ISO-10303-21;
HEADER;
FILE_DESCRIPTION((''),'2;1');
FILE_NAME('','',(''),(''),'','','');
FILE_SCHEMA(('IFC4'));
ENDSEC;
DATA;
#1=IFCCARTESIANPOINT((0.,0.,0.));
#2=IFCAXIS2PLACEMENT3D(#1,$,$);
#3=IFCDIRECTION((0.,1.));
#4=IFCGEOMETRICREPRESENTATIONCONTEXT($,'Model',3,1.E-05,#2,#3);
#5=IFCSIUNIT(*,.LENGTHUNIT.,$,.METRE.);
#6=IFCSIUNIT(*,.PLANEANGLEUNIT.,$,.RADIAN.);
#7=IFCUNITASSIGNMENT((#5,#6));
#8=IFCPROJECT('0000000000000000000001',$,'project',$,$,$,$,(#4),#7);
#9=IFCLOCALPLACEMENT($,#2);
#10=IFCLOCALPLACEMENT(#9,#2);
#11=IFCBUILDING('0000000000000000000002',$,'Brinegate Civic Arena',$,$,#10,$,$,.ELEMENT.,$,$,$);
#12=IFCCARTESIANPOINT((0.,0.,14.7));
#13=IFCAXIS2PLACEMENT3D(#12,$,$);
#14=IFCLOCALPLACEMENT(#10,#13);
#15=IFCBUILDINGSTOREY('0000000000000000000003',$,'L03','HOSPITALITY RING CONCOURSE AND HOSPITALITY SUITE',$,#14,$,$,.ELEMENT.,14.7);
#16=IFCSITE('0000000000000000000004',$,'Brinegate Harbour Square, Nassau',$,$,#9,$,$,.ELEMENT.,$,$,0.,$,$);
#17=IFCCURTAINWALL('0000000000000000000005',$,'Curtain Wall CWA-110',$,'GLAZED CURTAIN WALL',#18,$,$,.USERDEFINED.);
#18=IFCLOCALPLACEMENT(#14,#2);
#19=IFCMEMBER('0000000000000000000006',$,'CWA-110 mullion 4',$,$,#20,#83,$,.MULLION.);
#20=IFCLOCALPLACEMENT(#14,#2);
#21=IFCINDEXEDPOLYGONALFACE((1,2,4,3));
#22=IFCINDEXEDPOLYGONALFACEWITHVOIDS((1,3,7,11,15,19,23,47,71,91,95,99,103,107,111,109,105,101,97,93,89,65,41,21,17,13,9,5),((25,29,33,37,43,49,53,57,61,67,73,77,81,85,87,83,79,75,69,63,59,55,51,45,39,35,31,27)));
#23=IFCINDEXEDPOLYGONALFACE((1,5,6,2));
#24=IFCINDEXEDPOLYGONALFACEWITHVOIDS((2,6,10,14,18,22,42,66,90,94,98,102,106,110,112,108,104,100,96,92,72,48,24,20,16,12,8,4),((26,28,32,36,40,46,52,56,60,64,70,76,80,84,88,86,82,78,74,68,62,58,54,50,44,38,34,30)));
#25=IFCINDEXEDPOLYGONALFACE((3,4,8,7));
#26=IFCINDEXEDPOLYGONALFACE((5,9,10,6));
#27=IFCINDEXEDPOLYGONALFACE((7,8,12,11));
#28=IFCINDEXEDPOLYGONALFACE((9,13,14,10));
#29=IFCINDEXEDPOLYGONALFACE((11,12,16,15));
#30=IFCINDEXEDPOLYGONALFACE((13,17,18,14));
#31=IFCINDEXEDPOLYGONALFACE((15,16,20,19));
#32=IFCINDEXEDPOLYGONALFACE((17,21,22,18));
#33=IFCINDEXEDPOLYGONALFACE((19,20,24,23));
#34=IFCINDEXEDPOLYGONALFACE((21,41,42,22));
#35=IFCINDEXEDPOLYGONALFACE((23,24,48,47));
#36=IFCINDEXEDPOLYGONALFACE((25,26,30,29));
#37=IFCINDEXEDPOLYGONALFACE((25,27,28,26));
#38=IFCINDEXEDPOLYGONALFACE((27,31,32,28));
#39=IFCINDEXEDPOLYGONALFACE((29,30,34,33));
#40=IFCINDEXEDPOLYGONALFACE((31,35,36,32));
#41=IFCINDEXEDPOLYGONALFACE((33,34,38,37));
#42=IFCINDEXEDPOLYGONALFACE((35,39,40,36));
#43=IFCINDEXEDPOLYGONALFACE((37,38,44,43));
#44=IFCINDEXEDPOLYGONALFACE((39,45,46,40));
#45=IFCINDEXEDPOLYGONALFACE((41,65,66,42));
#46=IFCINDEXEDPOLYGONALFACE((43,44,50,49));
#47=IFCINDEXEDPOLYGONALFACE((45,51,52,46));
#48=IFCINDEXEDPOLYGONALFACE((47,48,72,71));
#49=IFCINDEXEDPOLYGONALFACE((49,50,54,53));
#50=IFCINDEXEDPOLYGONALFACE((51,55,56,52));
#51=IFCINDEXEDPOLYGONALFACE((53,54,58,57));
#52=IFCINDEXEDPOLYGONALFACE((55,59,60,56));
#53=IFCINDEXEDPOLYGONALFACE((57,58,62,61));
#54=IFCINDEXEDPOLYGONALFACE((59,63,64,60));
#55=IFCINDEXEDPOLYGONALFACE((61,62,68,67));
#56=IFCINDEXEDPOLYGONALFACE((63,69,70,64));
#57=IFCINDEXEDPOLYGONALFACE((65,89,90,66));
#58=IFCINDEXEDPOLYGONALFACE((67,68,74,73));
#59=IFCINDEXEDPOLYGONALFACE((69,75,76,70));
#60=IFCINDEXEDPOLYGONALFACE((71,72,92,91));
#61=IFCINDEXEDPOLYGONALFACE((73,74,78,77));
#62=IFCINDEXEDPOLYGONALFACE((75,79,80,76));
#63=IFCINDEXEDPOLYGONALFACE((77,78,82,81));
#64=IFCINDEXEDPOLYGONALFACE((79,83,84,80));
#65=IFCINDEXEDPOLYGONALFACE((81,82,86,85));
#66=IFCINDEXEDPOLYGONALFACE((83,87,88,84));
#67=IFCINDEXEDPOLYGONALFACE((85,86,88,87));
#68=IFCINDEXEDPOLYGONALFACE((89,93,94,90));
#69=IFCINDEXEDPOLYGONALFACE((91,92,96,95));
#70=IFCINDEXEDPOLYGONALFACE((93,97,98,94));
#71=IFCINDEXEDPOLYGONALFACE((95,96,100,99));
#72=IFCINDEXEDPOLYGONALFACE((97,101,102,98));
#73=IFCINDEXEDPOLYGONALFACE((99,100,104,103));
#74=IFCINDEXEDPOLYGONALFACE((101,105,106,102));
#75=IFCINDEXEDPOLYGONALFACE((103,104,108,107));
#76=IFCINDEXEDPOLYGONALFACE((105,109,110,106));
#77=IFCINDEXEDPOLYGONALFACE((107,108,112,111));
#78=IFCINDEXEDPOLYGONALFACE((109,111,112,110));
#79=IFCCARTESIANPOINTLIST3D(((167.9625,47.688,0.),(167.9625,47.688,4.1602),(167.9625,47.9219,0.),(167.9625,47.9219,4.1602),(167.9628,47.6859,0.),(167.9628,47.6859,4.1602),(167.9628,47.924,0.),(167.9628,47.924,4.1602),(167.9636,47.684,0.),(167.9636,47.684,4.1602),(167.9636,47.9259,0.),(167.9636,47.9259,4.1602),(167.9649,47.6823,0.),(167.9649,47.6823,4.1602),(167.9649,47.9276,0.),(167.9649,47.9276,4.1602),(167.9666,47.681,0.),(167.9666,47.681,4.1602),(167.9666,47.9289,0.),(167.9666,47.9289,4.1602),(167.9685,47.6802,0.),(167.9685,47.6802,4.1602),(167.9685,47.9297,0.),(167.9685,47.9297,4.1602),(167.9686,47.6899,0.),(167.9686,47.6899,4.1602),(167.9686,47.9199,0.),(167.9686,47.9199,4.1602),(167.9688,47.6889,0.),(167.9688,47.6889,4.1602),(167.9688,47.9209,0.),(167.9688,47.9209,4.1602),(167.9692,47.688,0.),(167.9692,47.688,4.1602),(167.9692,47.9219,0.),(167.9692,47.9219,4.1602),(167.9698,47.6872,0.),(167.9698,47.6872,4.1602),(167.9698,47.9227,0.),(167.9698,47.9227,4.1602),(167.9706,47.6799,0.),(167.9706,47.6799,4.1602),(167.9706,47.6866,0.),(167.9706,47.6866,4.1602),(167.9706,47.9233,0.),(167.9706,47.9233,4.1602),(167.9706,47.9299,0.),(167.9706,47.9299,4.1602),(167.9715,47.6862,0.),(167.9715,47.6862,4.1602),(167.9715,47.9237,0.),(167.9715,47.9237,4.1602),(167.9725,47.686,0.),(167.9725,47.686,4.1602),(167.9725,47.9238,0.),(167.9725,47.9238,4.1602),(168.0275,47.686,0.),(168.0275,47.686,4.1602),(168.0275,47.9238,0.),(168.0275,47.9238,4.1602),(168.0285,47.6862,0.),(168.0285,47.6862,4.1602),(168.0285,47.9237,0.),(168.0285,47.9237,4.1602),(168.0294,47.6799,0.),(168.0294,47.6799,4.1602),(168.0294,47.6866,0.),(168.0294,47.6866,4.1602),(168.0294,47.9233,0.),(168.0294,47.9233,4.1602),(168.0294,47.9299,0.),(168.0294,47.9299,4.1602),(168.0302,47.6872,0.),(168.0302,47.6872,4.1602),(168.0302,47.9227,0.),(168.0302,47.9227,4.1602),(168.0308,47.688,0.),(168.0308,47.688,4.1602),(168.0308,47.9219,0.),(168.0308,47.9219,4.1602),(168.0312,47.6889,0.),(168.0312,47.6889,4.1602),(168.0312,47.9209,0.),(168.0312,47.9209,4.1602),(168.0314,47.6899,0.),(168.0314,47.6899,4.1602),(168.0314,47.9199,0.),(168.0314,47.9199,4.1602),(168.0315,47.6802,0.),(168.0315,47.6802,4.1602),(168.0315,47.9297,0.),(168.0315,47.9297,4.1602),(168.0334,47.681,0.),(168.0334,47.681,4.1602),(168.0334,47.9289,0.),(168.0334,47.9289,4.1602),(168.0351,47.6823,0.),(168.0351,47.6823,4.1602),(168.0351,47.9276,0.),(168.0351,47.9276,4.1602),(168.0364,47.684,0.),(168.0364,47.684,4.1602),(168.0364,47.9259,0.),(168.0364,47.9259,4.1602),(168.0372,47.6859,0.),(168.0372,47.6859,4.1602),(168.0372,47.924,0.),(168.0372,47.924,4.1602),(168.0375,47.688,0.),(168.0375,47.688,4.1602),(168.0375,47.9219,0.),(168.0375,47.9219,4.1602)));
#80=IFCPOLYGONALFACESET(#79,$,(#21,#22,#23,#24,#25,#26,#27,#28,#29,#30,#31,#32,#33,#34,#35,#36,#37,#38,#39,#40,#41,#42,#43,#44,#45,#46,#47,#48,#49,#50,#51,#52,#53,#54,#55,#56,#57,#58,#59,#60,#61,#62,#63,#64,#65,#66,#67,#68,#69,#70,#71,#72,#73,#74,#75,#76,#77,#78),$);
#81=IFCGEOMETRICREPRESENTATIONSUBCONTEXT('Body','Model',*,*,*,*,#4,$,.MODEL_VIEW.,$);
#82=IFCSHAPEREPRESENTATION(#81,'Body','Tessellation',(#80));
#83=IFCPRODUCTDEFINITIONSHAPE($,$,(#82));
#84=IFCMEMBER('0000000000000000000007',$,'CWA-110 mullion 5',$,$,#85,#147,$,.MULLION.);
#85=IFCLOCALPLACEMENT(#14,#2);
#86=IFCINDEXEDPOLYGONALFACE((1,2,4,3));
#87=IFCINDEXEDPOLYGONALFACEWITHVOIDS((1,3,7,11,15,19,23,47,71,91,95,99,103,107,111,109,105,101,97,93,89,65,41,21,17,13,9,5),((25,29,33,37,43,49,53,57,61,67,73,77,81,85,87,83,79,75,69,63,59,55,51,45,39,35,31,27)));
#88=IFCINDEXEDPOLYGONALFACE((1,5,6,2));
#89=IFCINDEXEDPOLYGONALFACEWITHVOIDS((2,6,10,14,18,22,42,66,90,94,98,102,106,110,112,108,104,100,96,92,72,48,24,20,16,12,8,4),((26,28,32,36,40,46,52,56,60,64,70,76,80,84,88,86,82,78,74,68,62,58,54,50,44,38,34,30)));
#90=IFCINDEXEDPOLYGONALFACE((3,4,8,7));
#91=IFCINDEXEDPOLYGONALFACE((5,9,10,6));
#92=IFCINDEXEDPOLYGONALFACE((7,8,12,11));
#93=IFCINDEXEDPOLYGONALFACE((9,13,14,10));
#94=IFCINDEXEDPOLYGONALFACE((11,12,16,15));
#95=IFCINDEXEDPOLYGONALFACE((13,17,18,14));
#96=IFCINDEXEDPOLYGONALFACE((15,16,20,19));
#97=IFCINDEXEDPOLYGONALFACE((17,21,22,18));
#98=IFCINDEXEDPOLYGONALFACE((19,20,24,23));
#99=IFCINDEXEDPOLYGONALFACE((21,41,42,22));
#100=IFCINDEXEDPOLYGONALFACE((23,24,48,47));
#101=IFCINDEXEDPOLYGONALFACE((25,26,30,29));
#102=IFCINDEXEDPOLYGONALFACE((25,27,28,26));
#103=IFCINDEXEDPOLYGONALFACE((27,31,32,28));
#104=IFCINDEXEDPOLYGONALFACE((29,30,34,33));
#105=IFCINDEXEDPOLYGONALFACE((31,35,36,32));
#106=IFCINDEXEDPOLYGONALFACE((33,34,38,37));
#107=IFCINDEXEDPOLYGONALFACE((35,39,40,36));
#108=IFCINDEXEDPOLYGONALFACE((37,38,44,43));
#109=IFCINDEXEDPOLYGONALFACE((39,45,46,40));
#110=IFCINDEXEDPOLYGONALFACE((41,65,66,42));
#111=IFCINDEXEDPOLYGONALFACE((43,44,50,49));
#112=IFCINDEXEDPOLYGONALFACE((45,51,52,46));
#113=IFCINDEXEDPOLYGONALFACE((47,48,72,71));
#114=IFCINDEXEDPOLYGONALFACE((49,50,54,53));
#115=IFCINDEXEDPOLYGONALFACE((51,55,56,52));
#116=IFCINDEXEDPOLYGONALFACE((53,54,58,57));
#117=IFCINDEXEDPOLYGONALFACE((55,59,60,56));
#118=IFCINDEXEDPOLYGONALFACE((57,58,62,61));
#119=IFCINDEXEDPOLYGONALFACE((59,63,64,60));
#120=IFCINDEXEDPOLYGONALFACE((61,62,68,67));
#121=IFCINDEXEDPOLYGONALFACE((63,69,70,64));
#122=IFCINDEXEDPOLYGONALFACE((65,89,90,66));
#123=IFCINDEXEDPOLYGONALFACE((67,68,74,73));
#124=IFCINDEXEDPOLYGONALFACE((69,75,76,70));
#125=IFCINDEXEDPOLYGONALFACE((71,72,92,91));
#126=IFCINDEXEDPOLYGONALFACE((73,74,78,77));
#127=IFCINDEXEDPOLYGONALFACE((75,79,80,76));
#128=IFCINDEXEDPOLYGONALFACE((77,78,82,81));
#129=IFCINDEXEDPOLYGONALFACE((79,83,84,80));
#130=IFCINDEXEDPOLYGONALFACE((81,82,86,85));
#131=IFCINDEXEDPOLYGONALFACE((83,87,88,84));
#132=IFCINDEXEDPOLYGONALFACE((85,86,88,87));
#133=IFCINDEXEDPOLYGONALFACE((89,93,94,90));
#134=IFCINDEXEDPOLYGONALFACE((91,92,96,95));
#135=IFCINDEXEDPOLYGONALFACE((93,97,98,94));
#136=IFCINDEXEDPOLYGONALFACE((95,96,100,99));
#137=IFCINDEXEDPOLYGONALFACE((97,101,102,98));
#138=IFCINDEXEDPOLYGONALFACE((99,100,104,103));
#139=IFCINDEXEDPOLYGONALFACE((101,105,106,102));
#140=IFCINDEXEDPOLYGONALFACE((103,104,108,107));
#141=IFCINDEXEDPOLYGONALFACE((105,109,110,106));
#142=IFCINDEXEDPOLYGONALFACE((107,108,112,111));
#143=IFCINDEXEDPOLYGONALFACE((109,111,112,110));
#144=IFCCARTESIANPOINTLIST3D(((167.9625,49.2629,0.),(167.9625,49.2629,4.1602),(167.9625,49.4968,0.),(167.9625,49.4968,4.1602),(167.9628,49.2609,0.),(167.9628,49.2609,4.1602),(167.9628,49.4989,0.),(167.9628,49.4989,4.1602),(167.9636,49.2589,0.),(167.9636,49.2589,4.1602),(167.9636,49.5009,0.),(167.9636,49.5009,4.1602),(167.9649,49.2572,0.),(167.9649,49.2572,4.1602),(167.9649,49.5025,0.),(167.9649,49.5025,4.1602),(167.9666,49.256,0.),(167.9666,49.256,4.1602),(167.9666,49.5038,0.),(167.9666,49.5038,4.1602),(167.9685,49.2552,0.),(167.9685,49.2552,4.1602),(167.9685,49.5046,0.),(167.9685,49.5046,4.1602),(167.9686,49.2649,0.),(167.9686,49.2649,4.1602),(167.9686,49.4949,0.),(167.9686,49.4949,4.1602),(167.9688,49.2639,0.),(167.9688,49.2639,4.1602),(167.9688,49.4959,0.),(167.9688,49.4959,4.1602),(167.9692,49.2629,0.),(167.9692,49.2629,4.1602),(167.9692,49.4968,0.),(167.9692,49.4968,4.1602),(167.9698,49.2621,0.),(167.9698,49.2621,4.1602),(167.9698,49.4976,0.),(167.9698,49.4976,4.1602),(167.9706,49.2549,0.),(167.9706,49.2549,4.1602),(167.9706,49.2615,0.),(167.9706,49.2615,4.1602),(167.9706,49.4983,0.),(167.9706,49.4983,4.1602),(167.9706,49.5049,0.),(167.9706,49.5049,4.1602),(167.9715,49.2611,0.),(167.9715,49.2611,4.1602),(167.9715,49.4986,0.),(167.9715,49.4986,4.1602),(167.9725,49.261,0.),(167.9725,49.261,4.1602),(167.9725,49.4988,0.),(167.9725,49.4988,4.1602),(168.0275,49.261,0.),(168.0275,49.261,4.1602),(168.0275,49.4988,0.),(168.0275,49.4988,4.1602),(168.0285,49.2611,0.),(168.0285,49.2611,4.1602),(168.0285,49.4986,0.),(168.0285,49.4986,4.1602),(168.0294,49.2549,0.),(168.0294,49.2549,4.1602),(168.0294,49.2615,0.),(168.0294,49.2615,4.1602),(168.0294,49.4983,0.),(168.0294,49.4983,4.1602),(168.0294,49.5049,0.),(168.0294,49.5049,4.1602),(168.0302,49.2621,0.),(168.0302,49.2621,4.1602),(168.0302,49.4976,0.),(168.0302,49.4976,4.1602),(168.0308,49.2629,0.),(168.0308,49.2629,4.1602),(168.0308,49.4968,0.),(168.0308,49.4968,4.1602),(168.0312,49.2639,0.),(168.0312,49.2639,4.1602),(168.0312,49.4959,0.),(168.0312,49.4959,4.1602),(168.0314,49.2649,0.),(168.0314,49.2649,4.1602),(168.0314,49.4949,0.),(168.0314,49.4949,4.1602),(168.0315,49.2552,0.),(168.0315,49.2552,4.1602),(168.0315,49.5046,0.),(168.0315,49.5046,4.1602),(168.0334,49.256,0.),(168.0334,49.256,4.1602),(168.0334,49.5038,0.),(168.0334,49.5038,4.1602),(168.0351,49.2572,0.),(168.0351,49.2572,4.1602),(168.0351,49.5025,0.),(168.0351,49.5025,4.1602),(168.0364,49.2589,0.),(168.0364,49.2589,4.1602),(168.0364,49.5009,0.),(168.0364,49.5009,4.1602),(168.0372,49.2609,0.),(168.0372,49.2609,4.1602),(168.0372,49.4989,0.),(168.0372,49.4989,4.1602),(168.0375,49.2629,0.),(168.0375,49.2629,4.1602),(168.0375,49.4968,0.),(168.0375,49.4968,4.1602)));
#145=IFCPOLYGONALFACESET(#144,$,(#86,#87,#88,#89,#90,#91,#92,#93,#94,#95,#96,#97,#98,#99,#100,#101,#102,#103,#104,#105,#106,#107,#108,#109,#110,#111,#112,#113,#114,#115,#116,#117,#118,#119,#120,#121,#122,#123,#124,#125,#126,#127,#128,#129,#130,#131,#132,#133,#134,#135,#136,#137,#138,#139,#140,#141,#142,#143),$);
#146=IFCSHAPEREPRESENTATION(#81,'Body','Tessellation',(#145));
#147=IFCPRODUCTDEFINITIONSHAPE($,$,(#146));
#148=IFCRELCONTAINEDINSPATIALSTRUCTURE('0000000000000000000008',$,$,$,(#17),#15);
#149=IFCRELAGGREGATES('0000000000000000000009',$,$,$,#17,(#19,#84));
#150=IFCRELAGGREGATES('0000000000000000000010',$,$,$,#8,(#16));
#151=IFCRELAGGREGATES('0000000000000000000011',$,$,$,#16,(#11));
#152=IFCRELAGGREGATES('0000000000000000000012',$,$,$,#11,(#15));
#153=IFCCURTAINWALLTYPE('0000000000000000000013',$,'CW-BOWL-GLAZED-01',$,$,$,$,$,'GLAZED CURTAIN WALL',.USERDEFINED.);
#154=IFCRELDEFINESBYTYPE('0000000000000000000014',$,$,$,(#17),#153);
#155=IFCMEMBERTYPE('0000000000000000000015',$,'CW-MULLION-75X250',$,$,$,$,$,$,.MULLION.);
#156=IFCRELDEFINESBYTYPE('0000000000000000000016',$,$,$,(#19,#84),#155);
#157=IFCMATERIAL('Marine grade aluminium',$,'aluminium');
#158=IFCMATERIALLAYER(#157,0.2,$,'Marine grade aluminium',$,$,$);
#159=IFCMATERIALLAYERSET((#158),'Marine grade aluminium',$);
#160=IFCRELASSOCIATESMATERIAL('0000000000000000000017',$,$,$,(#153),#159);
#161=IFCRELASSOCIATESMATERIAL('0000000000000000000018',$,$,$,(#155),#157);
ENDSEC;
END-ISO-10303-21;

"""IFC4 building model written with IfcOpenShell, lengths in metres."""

from ifc_helpers import new_model, si_unit, direction, frame, origin, origin_2d, place, context, subcontext, project, spatial, hollow_rectangle, extrude, material, layer, layer_set, material_profile, profile_set, type_object, element, aggregate, save


model = new_model("IFC4")

# Units and contexts
model_context = context("Model", 3, precision=1e-05, world=origin(), true_north=direction((0.0, 1.0)))
body_context = subcontext(model_context, "Body", "Model", "MODEL_VIEW")
ifc_project = project(units=[si_unit("LENGTHUNIT", "METRE"), si_unit("PLANEANGLEUNIT", "RADIAN")], contexts=[model_context])

# Site, building, storey
site_placement = place(None, origin())
site = spatial("IfcSite", under=ifc_project, at=site_placement, Name="Brinegate Harbour Square, Nassau", CompositionType="ELEMENT", RefElevation=0.0)
building_placement = place(site_placement, origin())
building = spatial("IfcBuilding", under=site, at=building_placement, Name="Brinegate Civic Arena", CompositionType="ELEMENT")
storey_placement = place(building_placement, frame((0.0, 0.0, 14.7)))
storey = spatial("IfcBuildingStorey", under=building, at=storey_placement, Name="L03", Description="HOSPITALITY RING CONCOURSE AND HOSPITALITY SUITE", CompositionType="ELEMENT", Elevation=14.7)

# Curtain wall, members
ifc_material_1 = material(Name="Marine grade aluminium", Category="aluminium")
ifc_layer_1 = layer(ifc_material_1, 0.2, Name="Marine grade aluminium")
ifc_layer_set_1 = layer_set([ifc_layer_1], Name="Marine grade aluminium")
curtain_wall_type = type_object("IfcCurtainWallType", Name="CW-BOWL-GLAZED-01", ElementType="GLAZED CURTAIN WALL", PredefinedType="USERDEFINED", material=ifc_layer_set_1)
curtain_wall_placement = place(storey_placement, origin())
curtain_wall = element("IfcCurtainWall", 1, at=curtain_wall_placement, inside=storey, type_object=curtain_wall_type, Name="Curtain Wall CWA-110", ObjectType="GLAZED CURTAIN WALL", PredefinedType="USERDEFINED")
ifc_material_profile_1 = material_profile(ifc_material_1, hollow_rectangle(XDim=0.075, YDim=0.25, WallThickness=0.0061, InnerFilletRadius=0.0039, OuterFilletRadius=0.0081, at=origin_2d()), Name="MUL75X250")
ifc_profile_set_1 = profile_set([ifc_material_profile_1], Name="Marine grade aluminium")
member_type_1 = type_object("IfcMemberType", Name="CW-MULLION-75X250", PredefinedType="MULLION", material=ifc_profile_set_1)
member_1_placement = place(storey_placement, frame((168.0, 47.8049, 0.0), z_axis=(0.0, 0.0, 1.0), x_axis=(-1.0, 0.0, 0.0)))
member_1 = element("IfcMember", 2, at=member_1_placement, type_object=member_type_1, Name="CWA-110 mullion 4", PredefinedType="MULLION", context=body_context, shape_type="SweptSolid", body=[
    extrude(hollow_rectangle(XDim=0.075, YDim=0.25, WallThickness=0.0061, InnerFilletRadius=0.0039, OuterFilletRadius=0.0081, at=origin_2d()), origin(), (0.0, 0.0, 1.0), 4.1602),
])
member_2_placement = place(storey_placement, frame((168.0, 49.3799, 0.0), z_axis=(0.0, 0.0, 1.0), x_axis=(-1.0, 0.0, 0.0)))
member_2 = element("IfcMember", 3, at=member_2_placement, type_object=member_type_1, Name="CWA-110 mullion 5", PredefinedType="MULLION", context=body_context, shape_type="SweptSolid", body=[
    extrude(hollow_rectangle(XDim=0.075, YDim=0.25, WallThickness=0.0061, InnerFilletRadius=0.0039, OuterFilletRadius=0.0081, at=origin_2d()), origin(), (0.0, 0.0, 1.0), 4.1602),
])
aggregate(curtain_wall, [member_1, member_2])

save(model, "model.ifc")
